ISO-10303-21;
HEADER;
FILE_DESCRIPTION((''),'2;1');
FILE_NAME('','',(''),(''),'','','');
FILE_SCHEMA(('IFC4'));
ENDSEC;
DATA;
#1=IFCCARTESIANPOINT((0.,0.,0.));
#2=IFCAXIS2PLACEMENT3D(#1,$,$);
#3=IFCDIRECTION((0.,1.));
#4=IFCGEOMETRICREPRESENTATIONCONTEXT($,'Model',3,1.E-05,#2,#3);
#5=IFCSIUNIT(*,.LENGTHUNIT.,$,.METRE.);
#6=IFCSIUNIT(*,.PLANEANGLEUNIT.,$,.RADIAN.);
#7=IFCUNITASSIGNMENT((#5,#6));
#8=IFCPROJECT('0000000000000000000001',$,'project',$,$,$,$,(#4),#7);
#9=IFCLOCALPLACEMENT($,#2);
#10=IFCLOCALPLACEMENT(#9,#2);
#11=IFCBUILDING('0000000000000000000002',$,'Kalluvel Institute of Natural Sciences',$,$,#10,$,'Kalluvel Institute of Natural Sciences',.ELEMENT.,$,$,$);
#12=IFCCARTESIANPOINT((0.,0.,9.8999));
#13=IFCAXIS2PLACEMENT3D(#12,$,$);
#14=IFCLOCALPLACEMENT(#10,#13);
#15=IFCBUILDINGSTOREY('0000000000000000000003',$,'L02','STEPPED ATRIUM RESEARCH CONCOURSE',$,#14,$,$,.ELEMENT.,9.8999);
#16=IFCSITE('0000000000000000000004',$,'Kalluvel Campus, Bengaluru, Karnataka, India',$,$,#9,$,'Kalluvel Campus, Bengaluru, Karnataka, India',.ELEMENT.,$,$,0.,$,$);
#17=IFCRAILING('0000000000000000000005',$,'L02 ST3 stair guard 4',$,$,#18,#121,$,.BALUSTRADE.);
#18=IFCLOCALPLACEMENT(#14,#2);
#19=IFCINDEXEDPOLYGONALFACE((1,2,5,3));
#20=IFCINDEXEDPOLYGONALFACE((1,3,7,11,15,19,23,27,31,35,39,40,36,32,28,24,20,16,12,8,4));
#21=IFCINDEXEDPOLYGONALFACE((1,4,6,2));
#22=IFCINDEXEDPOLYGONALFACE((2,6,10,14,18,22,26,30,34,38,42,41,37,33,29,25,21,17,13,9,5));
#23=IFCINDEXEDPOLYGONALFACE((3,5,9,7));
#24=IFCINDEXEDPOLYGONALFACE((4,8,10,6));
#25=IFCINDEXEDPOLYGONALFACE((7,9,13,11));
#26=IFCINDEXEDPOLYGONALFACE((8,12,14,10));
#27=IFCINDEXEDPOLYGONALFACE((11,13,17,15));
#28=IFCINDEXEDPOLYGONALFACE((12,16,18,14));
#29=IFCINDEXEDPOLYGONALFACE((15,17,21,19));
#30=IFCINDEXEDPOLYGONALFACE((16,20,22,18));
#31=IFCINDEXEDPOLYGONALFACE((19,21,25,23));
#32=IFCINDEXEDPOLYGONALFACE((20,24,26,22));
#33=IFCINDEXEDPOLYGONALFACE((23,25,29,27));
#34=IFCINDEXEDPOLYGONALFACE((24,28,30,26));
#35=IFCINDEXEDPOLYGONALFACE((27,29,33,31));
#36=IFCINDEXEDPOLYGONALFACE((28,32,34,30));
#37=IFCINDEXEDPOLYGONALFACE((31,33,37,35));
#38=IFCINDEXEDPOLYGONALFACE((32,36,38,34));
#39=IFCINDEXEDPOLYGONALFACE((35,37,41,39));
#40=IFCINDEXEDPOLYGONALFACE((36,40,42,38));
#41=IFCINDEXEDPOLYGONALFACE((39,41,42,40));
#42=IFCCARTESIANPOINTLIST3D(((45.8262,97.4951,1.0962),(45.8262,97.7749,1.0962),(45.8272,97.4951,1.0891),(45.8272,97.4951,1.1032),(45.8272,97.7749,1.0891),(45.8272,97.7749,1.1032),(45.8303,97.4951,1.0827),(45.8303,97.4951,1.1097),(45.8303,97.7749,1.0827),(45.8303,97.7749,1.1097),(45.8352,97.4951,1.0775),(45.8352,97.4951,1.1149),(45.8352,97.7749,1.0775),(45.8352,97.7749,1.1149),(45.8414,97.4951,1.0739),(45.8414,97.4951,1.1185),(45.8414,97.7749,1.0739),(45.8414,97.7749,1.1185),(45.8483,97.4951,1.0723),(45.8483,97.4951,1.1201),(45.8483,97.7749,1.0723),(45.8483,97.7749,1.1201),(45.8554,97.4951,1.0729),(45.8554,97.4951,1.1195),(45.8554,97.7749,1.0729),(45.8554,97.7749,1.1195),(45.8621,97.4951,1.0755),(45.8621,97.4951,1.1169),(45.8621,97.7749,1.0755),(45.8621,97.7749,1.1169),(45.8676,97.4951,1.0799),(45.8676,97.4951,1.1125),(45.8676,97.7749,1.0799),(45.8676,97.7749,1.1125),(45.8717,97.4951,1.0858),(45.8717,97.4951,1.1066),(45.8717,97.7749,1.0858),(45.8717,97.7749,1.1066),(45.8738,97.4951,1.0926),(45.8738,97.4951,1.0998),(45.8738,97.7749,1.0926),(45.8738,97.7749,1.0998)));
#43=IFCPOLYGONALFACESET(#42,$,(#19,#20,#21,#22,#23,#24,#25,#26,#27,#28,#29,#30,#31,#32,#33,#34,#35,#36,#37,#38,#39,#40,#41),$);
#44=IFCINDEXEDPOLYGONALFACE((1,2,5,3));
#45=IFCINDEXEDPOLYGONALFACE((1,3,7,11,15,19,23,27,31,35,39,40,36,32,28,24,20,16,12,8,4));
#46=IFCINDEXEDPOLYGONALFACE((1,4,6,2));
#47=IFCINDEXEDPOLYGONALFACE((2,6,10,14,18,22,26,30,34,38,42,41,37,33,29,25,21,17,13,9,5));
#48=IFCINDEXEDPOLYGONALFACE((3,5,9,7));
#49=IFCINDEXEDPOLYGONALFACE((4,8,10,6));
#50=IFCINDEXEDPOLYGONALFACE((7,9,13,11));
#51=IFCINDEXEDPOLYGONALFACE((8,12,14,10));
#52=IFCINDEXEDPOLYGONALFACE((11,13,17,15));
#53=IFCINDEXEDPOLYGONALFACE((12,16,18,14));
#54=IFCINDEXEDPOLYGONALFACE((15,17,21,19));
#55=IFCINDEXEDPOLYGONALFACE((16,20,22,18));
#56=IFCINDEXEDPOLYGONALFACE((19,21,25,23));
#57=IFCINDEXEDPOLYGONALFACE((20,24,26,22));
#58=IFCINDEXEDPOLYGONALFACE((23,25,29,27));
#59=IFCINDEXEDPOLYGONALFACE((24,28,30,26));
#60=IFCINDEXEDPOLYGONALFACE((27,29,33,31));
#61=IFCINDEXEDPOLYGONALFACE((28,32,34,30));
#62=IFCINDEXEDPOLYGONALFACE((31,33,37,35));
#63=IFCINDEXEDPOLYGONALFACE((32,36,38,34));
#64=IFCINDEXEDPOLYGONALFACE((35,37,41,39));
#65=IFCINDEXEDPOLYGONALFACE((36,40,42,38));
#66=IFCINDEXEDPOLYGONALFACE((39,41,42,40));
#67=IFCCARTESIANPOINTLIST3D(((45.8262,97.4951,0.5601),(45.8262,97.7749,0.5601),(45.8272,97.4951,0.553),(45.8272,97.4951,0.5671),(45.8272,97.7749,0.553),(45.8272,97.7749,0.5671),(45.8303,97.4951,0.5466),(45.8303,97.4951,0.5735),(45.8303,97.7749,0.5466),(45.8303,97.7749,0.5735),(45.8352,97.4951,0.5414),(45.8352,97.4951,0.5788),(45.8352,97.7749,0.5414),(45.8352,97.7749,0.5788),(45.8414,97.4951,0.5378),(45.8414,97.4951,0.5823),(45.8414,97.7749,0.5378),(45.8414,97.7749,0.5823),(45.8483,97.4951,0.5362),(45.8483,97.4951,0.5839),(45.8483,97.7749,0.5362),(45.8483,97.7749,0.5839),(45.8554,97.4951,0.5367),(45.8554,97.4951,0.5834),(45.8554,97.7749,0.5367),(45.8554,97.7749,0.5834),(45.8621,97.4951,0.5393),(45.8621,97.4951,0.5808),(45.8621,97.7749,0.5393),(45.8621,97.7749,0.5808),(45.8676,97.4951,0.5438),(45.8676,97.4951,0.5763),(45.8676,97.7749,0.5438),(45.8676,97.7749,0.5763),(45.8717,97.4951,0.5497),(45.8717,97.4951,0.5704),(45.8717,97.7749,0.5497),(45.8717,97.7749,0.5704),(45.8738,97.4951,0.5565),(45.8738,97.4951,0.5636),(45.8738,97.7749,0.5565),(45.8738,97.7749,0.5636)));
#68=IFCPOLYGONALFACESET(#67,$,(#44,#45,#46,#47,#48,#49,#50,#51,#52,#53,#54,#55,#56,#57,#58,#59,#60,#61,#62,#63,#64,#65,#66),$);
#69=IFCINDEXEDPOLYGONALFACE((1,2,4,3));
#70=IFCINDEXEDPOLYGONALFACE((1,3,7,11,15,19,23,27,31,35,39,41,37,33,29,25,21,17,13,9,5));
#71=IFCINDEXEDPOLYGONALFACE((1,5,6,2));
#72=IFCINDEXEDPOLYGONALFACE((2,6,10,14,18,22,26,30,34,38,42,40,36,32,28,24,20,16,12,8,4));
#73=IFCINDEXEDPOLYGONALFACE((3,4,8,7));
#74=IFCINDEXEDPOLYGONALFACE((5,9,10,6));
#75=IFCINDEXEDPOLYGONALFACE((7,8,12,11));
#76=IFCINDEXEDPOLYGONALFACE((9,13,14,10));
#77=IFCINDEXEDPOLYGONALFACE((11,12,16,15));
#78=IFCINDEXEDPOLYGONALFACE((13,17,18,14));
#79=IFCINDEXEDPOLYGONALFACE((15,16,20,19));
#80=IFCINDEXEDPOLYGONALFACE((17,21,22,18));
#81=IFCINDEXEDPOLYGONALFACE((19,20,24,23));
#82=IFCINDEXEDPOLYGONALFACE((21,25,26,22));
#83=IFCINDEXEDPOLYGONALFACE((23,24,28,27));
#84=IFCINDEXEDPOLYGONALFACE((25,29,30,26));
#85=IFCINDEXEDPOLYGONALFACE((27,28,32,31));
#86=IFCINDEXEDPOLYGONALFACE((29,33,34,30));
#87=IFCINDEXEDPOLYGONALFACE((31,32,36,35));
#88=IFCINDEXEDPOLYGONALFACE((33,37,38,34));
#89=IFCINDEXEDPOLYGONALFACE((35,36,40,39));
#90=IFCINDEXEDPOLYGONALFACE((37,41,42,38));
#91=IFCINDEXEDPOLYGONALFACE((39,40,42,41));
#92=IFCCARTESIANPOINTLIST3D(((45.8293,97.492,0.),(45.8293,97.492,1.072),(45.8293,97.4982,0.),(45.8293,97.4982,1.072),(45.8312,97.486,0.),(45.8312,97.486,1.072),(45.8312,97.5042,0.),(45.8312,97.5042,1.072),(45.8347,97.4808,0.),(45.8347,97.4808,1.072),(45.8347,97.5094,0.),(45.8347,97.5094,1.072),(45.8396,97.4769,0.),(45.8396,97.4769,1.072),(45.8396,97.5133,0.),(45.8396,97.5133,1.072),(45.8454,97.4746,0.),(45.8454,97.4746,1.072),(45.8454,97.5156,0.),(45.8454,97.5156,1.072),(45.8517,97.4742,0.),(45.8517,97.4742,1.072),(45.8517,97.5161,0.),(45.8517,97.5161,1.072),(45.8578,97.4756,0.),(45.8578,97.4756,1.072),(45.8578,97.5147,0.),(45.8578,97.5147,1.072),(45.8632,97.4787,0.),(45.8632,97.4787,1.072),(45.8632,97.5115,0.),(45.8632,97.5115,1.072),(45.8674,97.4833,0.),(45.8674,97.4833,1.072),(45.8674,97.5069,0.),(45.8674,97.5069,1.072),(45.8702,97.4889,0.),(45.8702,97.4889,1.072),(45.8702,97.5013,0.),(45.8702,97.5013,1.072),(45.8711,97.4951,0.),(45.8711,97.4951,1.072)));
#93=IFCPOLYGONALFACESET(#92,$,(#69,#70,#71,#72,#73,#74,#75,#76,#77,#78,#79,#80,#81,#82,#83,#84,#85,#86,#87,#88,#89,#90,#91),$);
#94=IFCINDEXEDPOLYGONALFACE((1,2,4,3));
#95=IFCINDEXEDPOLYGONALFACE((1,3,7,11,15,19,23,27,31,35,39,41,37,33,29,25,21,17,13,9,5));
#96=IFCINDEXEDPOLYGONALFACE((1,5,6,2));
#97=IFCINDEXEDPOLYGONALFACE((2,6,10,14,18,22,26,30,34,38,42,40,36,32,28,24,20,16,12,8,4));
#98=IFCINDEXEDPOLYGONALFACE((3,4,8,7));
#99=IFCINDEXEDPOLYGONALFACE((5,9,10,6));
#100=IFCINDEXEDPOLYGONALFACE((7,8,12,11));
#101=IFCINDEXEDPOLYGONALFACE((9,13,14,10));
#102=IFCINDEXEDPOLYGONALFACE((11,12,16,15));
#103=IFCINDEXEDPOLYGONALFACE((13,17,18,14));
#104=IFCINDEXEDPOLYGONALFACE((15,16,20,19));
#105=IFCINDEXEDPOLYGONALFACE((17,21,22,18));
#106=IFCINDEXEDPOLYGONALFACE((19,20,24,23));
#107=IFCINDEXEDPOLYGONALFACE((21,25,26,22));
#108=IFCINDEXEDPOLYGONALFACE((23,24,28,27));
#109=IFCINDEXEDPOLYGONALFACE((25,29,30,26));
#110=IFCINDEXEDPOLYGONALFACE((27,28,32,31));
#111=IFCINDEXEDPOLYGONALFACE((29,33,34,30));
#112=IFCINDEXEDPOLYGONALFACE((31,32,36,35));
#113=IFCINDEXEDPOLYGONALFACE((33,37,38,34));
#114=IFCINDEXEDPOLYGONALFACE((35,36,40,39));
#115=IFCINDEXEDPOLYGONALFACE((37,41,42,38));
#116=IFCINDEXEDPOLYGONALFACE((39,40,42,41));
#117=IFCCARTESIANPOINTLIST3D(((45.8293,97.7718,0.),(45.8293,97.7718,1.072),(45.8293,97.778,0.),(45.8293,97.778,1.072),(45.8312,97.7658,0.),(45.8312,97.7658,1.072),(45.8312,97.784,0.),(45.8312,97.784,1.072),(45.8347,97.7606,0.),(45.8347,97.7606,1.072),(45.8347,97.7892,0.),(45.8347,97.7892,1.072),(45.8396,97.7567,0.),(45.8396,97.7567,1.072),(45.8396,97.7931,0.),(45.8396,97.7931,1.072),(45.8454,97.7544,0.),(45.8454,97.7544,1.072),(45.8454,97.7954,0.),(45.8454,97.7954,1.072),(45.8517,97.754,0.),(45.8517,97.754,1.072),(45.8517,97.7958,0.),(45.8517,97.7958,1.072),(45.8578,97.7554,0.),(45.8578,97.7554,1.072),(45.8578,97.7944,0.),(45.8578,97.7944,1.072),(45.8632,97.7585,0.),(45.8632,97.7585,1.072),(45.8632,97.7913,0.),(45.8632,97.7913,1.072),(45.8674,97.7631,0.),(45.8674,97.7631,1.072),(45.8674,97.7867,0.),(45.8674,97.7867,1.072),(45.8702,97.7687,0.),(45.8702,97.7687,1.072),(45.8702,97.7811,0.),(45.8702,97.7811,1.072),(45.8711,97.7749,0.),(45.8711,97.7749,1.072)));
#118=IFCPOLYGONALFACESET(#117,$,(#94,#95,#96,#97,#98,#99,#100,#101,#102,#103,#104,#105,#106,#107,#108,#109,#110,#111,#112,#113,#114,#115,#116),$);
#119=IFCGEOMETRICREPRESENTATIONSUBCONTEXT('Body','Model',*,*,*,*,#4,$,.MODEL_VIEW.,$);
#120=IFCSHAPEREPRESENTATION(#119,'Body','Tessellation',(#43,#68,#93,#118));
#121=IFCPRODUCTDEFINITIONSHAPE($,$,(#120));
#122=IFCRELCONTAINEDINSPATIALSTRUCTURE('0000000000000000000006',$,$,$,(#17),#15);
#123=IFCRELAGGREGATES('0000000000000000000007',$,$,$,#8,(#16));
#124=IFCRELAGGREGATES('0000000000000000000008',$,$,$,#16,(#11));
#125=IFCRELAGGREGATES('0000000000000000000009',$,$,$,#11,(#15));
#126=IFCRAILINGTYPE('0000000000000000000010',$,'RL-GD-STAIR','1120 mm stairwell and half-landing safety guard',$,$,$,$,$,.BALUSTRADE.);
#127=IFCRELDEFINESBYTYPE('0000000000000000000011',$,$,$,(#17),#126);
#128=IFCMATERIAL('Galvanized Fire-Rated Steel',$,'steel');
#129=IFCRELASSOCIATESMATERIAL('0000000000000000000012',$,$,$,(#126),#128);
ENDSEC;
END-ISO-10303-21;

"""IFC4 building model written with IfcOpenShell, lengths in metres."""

from ifc_helpers import new_model, si_unit, direction, frame, origin, origin_2d, place, context, subcontext, project, spatial, circle, extrude, material, type_object, element, save


model = new_model("IFC4")

# Units and contexts
model_context = context("Model", 3, precision=1e-05, world=origin(), true_north=direction((0.0, 1.0)))
body_context = subcontext(model_context, "Body", "Model", "MODEL_VIEW")
ifc_project = project(units=[si_unit("LENGTHUNIT", "METRE"), si_unit("PLANEANGLEUNIT", "RADIAN")], contexts=[model_context])

# Site, building, storey
site_placement = place(None, origin())
site = spatial("IfcSite", under=ifc_project, at=site_placement, Name="Kalluvel Campus, Bengaluru, Karnataka, India", LongName="Kalluvel Campus, Bengaluru, Karnataka, India", CompositionType="ELEMENT", RefElevation=0.0)
building_placement = place(site_placement, origin())
building = spatial("IfcBuilding", under=site, at=building_placement, Name="Kalluvel Institute of Natural Sciences", LongName="Kalluvel Institute of Natural Sciences", CompositionType="ELEMENT")
storey_placement = place(building_placement, frame((0.0, 0.0, 9.8999)))
storey = spatial("IfcBuildingStorey", under=building, at=storey_placement, Name="L02", Description="STEPPED ATRIUM RESEARCH CONCOURSE", CompositionType="ELEMENT", Elevation=9.8999)

# Shared definitions
ifc_material_1 = material(Name="Galvanized Fire-Rated Steel", Category="steel")

# Railing
railing_type_1 = type_object("IfcRailingType", Name="RL-GD-STAIR", Description="1120 mm stairwell and half-landing safety guard", PredefinedType="BALUSTRADE", material=ifc_material_1)
railing_1_placement = place(storey_placement, frame((45.8501, 97.4951, 0.0)))
element("IfcRailing", 1, at=railing_1_placement, inside=storey, type_object=railing_type_1, Name="L02 ST3 stair guard 4", PredefinedType="BALUSTRADE", context=body_context, shape_type="SweptSolid", body=[
    extrude(circle(Radius=0.0239, at=origin_2d()), frame((0.0, 0.0, 1.0962), z_axis=(0.0, 1.0, 0.0), x_axis=(-1.0, 0.0, 0.0)), (0.0, 0.0, 1.0), 0.2798),
    extrude(circle(Radius=0.0239, at=origin_2d()), frame((0.0, 0.0, 0.5601), z_axis=(0.0, 1.0, 0.0), x_axis=(-1.0, 0.0, 0.0)), (0.0, 0.0, 1.0), 0.2798),
    extrude(circle(Radius=0.021, at=origin_2d()), origin(), (0.0, 0.0, 1.0), 1.072),
    extrude(circle(Radius=0.021, at=origin_2d()), frame((0.0, 0.2798, 0.0)), (0.0, 0.0, 1.0), 1.072),
])

save(model, "model.ifc")
